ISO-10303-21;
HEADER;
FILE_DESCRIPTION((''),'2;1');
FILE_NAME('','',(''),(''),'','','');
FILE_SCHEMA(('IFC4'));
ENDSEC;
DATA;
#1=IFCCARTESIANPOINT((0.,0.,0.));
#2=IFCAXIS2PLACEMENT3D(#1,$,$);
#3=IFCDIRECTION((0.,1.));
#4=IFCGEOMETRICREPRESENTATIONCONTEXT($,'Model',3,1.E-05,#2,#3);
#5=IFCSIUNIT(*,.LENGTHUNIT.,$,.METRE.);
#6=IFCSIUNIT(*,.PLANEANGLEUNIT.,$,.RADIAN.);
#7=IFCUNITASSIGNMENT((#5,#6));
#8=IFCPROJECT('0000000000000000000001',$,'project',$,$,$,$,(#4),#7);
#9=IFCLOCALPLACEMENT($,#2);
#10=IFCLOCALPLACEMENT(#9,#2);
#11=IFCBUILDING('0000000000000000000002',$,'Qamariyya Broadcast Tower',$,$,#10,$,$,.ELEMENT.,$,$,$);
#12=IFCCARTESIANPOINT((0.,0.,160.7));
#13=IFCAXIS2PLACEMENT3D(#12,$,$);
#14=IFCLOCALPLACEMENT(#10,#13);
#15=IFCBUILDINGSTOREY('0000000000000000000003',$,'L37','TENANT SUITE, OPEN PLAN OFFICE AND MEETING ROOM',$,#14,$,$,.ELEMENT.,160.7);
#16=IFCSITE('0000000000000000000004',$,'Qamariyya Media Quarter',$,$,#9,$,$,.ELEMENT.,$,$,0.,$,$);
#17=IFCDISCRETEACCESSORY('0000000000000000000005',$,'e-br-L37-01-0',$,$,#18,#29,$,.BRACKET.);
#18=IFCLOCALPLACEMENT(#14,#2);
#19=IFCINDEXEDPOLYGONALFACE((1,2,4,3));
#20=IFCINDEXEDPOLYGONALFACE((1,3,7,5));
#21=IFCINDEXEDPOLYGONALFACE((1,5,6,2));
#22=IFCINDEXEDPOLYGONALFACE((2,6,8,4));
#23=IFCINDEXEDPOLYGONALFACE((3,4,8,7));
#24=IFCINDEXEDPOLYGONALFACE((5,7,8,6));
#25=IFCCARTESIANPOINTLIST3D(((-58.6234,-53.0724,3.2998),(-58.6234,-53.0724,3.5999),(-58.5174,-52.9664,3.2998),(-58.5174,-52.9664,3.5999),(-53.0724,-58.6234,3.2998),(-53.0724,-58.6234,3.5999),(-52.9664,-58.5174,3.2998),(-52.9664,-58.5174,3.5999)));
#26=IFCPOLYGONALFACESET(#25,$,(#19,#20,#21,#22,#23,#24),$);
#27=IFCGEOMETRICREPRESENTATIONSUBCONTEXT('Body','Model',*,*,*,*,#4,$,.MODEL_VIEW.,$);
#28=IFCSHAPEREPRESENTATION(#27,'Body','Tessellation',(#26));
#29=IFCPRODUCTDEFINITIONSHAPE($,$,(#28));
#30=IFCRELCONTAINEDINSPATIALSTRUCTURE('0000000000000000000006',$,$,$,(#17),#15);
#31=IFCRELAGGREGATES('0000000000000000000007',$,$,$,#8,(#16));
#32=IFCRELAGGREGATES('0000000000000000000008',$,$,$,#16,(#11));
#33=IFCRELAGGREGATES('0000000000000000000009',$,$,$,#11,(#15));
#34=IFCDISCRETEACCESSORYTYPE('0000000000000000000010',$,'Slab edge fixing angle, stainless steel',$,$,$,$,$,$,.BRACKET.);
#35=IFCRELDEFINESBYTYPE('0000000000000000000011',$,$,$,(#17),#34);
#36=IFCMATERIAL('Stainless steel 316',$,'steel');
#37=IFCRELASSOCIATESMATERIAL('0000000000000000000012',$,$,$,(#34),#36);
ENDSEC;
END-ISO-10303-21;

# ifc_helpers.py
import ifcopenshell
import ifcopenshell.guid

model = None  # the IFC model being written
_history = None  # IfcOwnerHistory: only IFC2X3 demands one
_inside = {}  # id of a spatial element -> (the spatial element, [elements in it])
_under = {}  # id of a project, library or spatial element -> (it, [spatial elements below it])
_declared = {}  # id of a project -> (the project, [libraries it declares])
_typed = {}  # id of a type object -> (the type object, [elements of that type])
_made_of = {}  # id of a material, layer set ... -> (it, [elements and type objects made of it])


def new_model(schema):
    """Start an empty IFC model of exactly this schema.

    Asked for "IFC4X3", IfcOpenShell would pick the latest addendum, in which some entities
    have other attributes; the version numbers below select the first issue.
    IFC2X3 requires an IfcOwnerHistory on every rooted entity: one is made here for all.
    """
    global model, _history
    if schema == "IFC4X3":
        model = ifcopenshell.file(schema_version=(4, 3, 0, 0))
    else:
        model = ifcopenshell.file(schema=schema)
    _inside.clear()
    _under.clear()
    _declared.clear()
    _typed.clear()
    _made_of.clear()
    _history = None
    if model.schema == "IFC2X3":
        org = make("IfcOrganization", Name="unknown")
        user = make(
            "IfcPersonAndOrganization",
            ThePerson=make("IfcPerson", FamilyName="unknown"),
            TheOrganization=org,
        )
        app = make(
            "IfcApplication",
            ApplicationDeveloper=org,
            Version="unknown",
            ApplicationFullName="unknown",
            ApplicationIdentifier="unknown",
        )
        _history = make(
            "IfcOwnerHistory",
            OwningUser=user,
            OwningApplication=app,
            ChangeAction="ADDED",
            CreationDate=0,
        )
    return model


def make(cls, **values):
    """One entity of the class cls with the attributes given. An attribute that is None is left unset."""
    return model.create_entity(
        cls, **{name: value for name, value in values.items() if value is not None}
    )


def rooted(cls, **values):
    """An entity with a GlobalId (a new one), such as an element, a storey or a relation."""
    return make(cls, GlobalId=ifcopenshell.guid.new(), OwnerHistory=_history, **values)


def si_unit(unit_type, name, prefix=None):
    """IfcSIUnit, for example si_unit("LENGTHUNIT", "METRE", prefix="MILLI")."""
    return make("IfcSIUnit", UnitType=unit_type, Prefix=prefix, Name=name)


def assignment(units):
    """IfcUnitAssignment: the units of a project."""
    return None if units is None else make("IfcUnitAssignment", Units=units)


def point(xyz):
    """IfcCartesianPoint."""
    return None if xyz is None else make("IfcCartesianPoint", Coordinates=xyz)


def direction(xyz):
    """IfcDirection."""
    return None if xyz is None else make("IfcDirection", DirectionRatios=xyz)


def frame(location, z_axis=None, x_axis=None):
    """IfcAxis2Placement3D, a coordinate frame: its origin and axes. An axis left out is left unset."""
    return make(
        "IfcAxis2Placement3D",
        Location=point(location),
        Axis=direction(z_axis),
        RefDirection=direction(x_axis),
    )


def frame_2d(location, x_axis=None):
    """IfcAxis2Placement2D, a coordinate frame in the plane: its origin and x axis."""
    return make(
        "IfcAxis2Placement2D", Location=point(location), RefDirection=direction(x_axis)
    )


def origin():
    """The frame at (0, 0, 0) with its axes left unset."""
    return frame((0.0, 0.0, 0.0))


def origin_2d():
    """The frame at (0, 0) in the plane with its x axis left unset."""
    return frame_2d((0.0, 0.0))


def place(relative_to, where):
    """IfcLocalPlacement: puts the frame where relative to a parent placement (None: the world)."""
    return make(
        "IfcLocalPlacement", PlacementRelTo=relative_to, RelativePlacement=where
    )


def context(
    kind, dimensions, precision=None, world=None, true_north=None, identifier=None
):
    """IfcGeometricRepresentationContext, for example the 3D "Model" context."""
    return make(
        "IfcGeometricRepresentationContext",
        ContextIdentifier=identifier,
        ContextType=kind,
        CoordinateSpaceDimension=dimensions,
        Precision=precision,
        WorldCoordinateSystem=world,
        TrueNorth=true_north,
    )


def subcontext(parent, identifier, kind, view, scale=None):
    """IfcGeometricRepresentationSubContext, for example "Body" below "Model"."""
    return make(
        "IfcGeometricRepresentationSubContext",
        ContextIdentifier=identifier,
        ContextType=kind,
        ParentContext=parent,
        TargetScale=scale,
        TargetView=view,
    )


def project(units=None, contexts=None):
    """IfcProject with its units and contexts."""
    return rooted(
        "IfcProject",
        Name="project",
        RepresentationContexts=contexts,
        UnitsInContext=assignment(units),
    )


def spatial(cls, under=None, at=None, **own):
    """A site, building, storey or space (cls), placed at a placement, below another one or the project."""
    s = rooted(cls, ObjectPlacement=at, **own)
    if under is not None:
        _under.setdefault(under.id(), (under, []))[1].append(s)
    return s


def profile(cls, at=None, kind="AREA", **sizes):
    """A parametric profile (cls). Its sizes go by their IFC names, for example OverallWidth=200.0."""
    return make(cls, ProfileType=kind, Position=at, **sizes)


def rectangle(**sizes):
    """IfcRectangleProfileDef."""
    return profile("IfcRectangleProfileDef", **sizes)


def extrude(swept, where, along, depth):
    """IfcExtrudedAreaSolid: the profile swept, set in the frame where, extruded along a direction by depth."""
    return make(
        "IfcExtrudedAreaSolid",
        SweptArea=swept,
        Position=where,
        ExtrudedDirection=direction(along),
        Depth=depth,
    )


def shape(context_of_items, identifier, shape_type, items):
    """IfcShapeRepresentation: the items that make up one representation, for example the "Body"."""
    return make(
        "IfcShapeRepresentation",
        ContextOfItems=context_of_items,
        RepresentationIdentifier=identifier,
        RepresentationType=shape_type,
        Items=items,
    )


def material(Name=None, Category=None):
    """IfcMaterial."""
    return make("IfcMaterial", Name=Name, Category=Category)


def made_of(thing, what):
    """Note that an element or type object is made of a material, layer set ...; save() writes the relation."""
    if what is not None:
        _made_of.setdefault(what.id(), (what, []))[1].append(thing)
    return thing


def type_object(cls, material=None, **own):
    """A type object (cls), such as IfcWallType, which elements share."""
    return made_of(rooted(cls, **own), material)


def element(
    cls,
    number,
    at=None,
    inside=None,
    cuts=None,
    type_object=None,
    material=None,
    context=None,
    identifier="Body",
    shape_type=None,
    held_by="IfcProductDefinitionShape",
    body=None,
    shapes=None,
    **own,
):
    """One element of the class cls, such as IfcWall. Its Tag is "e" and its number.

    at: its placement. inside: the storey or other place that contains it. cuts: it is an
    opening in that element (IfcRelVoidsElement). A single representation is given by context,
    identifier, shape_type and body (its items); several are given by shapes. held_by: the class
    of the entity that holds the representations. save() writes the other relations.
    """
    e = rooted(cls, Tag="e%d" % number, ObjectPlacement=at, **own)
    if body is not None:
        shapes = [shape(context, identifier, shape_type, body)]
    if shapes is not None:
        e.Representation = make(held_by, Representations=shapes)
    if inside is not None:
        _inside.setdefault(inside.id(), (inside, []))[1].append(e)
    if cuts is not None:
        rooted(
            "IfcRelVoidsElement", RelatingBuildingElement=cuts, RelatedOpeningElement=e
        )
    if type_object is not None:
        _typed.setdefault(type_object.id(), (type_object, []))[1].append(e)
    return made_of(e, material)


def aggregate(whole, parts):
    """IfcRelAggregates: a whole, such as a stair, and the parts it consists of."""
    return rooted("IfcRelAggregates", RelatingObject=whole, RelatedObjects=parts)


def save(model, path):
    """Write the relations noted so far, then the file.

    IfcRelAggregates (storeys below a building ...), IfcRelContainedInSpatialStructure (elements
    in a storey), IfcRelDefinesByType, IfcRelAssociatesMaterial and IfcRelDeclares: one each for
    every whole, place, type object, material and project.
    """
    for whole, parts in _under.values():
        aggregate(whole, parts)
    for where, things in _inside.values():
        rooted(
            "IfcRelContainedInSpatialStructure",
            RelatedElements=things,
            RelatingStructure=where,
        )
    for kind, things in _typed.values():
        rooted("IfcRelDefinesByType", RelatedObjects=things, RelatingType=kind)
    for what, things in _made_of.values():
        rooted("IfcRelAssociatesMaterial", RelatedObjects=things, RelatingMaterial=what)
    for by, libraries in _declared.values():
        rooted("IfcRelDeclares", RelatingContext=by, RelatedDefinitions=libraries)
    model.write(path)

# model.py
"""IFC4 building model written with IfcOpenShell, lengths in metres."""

from ifc_helpers import new_model, si_unit, direction, frame, origin, origin_2d, place, context, subcontext, project, spatial, rectangle, extrude, material, type_object, element, save


model = new_model("IFC4")

# Units and contexts
model_context = context("Model", 3, precision=1e-05, world=origin(), true_north=direction((0.0, 1.0)))
body_context = subcontext(model_context, "Body", "Model", "MODEL_VIEW")
ifc_project = project(units=[si_unit("LENGTHUNIT", "METRE"), si_unit("PLANEANGLEUNIT", "RADIAN")], contexts=[model_context])

# Site, building, storey
site_placement = place(None, origin())
site = spatial("IfcSite", under=ifc_project, at=site_placement, Name="Qamariyya Media Quarter", CompositionType="ELEMENT", RefElevation=0.0)
building_placement = place(site_placement, origin())
building = spatial("IfcBuilding", under=site, at=building_placement, Name="Qamariyya Broadcast Tower", CompositionType="ELEMENT")
storey_placement = place(building_placement, frame((0.0, 0.0, 160.7)))
storey = spatial("IfcBuildingStorey", under=building, at=storey_placement, Name="L37", Description="TENANT SUITE, OPEN PLAN OFFICE AND MEETING ROOM", CompositionType="ELEMENT", Elevation=160.7)

# Discrete accessory
ifc_material_1 = material(Name="Stainless steel 316", Category="steel")
discrete_accessory_type = type_object("IfcDiscreteAccessoryType", Name="Slab edge fixing angle, stainless steel", PredefinedType="BRACKET", material=ifc_material_1)
discrete_accessory_placement = place(storey_placement, frame((-55.7949, -55.7949, 3.2998), z_axis=(0.0, 0.0, 1.0), x_axis=(0.707107, -0.707107, 0.0)))
element("IfcDiscreteAccessory", 1, at=discrete_accessory_placement, inside=storey, type_object=discrete_accessory_type, Name="e-br-L37-01-0", PredefinedType="BRACKET", context=body_context, shape_type="SweptSolid", body=[
    extrude(rectangle(XDim=7.8503, YDim=0.1499, at=origin_2d()), origin(), (0.0, 0.0, 1.0), 0.3),
])

save(model, "model.ifc")
